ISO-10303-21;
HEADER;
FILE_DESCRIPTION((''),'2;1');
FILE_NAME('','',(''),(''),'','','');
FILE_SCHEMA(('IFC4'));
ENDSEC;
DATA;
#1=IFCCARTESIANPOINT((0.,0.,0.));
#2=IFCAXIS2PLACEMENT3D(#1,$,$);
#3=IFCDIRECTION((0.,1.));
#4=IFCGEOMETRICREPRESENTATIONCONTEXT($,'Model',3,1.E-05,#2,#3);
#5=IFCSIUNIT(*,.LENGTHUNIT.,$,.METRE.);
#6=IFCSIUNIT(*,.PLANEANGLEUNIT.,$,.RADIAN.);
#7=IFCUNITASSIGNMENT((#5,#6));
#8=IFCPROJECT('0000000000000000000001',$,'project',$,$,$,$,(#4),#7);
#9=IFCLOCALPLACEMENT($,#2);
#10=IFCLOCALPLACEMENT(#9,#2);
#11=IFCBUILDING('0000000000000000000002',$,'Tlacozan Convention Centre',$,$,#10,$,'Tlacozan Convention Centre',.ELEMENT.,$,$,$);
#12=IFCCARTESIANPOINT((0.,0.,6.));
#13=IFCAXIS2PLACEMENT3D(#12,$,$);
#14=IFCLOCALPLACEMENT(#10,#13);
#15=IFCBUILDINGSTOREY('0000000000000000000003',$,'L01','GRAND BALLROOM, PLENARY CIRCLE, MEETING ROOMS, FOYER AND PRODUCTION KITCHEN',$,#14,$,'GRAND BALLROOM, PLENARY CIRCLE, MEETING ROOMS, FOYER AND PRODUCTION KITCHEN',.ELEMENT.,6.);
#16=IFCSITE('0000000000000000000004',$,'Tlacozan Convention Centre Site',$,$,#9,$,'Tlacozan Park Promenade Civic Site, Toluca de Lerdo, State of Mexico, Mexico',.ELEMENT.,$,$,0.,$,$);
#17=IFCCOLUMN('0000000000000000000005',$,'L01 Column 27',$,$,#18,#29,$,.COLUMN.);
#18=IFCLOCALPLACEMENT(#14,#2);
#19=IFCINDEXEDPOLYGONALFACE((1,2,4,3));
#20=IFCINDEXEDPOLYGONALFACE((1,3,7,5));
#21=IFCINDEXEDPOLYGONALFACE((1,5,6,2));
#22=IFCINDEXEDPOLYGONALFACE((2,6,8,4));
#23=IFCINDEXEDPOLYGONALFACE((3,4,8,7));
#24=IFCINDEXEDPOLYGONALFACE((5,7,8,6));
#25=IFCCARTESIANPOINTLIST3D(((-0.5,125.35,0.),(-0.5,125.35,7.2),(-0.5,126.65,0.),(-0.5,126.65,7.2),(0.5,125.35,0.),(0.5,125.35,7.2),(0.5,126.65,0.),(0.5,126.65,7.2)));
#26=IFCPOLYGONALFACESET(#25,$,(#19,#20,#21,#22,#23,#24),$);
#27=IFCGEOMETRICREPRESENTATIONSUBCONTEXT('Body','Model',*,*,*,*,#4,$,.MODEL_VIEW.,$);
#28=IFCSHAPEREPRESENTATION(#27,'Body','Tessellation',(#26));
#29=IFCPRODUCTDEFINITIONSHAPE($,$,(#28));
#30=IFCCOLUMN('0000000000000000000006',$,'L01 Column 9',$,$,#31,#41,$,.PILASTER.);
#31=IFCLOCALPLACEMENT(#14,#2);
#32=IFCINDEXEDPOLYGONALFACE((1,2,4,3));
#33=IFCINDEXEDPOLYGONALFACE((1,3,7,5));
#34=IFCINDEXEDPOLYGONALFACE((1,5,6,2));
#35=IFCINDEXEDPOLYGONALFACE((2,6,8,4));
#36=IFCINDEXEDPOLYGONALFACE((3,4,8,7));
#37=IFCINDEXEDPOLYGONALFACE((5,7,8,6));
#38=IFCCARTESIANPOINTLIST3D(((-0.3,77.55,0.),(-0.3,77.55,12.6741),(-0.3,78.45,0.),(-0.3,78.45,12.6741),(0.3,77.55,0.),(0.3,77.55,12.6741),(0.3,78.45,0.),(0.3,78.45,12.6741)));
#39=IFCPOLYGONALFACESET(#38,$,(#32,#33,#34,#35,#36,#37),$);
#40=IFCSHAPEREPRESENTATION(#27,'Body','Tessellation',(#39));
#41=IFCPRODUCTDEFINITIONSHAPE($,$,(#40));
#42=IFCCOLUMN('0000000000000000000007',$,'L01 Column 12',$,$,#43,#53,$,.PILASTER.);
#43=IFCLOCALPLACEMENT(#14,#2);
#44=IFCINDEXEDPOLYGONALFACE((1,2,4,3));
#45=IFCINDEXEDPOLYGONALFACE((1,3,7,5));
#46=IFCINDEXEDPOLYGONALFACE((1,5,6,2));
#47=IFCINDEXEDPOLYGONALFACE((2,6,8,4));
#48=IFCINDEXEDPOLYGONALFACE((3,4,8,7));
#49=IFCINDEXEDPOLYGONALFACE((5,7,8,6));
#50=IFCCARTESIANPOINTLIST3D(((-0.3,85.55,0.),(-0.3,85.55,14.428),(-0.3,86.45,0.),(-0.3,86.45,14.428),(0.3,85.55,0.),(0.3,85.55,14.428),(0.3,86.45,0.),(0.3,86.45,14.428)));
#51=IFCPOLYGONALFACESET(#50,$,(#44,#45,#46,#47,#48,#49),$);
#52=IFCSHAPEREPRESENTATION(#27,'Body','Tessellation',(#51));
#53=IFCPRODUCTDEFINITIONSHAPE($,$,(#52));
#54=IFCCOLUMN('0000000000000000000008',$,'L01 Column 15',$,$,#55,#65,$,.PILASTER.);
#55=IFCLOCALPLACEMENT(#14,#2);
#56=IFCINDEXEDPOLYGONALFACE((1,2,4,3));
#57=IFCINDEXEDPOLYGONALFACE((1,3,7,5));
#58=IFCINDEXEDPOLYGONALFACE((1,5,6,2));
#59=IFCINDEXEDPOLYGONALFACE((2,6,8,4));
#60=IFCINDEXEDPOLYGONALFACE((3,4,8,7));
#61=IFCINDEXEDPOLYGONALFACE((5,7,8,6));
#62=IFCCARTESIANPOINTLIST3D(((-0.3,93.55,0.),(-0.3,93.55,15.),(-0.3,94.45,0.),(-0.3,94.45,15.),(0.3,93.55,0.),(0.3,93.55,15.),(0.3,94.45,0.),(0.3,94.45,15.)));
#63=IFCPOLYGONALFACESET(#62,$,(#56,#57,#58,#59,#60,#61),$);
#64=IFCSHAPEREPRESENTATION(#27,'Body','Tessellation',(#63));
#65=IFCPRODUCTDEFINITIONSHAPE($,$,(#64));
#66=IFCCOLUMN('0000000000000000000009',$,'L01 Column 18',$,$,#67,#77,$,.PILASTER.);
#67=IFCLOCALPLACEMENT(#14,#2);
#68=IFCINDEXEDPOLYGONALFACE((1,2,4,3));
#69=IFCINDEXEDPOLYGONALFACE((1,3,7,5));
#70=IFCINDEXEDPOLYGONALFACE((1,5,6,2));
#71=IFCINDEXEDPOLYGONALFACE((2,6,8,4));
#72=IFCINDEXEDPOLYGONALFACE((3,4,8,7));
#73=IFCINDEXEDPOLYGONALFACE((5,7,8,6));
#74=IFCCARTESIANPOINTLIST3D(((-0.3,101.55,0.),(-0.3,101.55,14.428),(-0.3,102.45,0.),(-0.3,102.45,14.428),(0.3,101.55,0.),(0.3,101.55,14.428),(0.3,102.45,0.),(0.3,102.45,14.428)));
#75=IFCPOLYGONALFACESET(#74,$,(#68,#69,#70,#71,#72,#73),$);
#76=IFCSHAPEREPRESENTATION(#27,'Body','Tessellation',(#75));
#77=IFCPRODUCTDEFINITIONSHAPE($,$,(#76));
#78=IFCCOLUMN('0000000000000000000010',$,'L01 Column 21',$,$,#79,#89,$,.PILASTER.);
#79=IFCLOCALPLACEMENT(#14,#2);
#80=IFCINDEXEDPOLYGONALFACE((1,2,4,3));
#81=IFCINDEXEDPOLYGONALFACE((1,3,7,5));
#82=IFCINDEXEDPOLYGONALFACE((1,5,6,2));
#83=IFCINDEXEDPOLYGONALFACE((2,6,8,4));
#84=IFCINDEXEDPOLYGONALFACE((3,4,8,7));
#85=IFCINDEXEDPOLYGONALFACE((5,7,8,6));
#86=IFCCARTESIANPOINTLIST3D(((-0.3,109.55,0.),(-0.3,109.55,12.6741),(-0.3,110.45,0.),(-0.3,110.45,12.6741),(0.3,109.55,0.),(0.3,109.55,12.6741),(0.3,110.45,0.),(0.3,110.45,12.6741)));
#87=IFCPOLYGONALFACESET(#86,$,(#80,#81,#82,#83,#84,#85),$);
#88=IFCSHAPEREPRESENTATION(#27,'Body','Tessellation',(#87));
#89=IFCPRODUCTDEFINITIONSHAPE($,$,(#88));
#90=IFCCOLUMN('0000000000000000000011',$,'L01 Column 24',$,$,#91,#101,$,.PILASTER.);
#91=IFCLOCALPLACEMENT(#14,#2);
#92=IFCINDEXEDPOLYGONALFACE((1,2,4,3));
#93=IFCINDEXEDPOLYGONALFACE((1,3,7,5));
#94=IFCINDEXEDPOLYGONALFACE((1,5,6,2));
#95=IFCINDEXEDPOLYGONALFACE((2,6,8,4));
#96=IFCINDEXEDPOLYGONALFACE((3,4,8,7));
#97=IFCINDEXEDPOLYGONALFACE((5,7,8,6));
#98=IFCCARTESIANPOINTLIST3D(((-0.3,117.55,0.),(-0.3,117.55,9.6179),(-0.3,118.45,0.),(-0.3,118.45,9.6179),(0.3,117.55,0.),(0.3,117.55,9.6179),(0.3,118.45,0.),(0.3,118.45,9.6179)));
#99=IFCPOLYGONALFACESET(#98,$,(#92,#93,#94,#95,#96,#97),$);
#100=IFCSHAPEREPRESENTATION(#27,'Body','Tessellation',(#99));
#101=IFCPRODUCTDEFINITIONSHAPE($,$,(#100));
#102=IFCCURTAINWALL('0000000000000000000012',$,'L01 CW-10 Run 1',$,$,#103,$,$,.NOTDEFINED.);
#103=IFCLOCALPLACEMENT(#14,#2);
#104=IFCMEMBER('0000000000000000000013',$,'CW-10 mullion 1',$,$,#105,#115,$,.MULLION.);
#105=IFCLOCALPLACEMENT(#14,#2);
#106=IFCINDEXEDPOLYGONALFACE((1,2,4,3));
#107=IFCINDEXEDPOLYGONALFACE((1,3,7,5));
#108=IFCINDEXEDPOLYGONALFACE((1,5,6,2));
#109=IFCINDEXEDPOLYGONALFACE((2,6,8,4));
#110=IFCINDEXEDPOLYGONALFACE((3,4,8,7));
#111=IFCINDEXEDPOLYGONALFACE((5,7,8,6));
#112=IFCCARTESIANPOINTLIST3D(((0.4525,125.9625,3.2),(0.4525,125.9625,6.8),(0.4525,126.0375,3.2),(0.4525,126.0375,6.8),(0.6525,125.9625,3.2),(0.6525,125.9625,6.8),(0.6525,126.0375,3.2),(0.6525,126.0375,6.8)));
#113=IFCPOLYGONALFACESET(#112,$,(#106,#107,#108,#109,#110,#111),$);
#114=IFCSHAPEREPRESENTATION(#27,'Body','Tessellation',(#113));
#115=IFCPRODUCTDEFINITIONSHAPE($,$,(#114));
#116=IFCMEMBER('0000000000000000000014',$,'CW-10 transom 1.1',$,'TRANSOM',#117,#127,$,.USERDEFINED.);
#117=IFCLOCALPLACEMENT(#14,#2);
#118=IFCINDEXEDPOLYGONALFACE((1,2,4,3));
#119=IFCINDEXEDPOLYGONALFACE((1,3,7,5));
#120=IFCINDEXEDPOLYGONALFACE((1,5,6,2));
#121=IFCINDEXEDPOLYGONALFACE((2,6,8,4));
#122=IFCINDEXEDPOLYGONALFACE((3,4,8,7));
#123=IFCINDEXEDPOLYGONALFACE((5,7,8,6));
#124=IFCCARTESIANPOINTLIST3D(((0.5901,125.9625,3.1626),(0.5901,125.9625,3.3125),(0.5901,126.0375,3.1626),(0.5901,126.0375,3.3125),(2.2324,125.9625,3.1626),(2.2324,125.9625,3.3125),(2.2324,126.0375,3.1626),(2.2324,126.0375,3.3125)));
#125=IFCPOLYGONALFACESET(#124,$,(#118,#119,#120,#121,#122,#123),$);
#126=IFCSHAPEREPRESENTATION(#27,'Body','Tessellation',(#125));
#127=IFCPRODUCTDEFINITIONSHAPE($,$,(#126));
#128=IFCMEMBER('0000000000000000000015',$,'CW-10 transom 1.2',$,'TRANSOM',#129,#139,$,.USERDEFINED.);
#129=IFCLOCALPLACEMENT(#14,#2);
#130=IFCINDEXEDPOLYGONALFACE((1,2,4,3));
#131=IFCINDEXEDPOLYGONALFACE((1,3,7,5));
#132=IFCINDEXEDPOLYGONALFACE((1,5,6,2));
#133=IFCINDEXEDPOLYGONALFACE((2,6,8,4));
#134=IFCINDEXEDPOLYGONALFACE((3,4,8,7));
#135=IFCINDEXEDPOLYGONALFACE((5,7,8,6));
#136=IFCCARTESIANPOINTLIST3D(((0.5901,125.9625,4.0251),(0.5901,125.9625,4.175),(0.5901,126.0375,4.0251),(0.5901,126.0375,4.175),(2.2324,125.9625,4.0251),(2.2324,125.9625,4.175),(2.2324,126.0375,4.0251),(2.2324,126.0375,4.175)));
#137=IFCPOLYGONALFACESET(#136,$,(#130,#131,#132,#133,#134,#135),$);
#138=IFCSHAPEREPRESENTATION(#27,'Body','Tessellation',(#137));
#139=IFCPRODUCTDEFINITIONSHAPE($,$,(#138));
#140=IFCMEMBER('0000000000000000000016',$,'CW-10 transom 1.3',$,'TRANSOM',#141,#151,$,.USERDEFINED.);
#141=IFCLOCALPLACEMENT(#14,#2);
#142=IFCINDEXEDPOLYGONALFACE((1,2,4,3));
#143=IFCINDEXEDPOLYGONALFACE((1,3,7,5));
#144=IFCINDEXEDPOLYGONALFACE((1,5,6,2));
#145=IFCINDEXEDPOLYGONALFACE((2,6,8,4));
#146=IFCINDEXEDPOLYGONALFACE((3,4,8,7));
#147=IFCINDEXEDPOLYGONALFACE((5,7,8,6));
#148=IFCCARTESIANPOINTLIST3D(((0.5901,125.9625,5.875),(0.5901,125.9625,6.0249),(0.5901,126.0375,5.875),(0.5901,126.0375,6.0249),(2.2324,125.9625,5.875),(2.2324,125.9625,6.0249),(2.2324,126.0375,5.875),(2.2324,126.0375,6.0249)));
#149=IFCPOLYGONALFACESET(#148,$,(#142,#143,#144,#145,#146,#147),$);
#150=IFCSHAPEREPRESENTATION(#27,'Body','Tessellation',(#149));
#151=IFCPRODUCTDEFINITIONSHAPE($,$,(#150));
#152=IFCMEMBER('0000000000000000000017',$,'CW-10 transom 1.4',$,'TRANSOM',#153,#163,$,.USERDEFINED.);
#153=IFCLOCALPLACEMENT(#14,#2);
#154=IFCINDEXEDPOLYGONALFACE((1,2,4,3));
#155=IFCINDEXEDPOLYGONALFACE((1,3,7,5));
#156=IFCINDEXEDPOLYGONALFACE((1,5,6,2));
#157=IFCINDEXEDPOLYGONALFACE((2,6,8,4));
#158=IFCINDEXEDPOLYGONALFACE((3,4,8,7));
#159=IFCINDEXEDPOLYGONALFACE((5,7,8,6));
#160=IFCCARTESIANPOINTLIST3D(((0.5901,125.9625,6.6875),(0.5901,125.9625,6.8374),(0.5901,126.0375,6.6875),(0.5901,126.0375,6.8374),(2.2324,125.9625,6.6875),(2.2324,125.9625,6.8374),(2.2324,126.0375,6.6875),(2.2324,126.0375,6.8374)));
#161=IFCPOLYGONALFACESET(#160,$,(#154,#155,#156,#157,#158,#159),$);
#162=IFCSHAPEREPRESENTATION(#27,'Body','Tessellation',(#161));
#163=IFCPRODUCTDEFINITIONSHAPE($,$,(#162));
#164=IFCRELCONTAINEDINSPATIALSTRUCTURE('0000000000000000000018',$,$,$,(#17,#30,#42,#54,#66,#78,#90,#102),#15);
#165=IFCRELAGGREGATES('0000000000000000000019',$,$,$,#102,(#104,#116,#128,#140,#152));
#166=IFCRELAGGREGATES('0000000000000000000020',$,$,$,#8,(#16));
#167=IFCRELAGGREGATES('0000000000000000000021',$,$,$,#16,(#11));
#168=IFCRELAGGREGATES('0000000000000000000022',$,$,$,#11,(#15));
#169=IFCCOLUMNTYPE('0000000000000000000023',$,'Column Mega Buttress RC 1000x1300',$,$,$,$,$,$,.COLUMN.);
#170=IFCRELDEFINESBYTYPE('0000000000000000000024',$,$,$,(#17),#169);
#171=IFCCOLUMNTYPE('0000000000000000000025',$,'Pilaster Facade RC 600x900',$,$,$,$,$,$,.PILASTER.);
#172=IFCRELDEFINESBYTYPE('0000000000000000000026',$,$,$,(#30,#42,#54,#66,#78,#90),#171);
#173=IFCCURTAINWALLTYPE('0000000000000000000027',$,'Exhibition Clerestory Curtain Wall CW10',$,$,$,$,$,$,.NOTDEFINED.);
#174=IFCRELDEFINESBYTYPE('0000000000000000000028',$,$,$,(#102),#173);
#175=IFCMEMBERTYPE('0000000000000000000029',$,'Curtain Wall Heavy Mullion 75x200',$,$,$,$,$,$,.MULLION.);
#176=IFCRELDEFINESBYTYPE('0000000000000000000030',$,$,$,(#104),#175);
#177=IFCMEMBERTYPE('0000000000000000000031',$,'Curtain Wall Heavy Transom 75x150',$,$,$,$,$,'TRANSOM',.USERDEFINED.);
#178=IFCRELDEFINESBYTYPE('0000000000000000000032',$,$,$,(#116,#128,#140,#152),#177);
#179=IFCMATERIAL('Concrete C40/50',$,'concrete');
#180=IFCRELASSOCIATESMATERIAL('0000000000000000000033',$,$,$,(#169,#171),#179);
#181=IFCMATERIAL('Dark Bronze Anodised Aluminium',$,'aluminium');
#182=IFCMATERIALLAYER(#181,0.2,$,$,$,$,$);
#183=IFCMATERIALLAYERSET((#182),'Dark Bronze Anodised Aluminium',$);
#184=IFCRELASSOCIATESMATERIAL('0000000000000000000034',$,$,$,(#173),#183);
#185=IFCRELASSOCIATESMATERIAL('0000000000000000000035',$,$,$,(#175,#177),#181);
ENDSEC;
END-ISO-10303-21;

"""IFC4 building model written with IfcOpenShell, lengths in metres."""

from ifc_helpers import new_model, si_unit, direction, frame, origin, origin_2d, place, context, subcontext, project, spatial, rectangle, extrude, material, layer, layer_set, material_profile, profile_set, type_object, element, aggregate, save


model = new_model("IFC4")

# Units and contexts
model_context = context("Model", 3, precision=1e-05, world=origin(), true_north=direction((0.0, 1.0)))
body_context = subcontext(model_context, "Body", "Model", "MODEL_VIEW")
ifc_project = project(units=[si_unit("LENGTHUNIT", "METRE"), si_unit("PLANEANGLEUNIT", "RADIAN")], contexts=[model_context])

# Site, building, storey
site_placement = place(None, origin())
site = spatial("IfcSite", under=ifc_project, at=site_placement, Name="Tlacozan Convention Centre Site", LongName="Tlacozan Park Promenade Civic Site, Toluca de Lerdo, State of Mexico, Mexico", CompositionType="ELEMENT", RefElevation=0.0)
building_placement = place(site_placement, origin())
building = spatial("IfcBuilding", under=site, at=building_placement, Name="Tlacozan Convention Centre", LongName="Tlacozan Convention Centre", CompositionType="ELEMENT")
storey_placement = place(building_placement, frame((0.0, 0.0, 6.0)))
storey = spatial("IfcBuildingStorey", under=building, at=storey_placement, Name="L01", Description="GRAND BALLROOM, PLENARY CIRCLE, MEETING ROOMS, FOYER AND PRODUCTION KITCHEN", LongName="GRAND BALLROOM, PLENARY CIRCLE, MEETING ROOMS, FOYER AND PRODUCTION KITCHEN", CompositionType="ELEMENT", Elevation=6.0)

# Columns
ifc_material_1 = material(Name="Concrete C40/50", Category="concrete")
ifc_material_profile_1 = material_profile(ifc_material_1, rectangle(XDim=1.0, YDim=1.3, at=origin_2d()), Name="RC 1000x1300")
ifc_profile_set_1 = profile_set([ifc_material_profile_1], Name="Concrete C40/50")
column_type_1 = type_object("IfcColumnType", Name="Column Mega Buttress RC 1000x1300", PredefinedType="COLUMN", material=ifc_profile_set_1)
column_1_placement = place(storey_placement, frame((0.0, 126.0, 0.0), z_axis=(0.0, 0.0, 1.0), x_axis=(1.0, 0.0, 0.0)))
element("IfcColumn", 1, at=column_1_placement, inside=storey, type_object=column_type_1, Name="L01 Column 27", PredefinedType="COLUMN", context=body_context, shape_type="SweptSolid", body=[
    extrude(rectangle(XDim=1.0, YDim=1.3, at=origin_2d()), origin(), (0.0, 0.0, 1.0), 7.2),
])
ifc_material_profile_2 = material_profile(ifc_material_1, rectangle(XDim=0.6001, YDim=0.8999, at=origin_2d()), Name="RC 600x900")
ifc_profile_set_2 = profile_set([ifc_material_profile_2], Name="Concrete C40/50")
column_type_2 = type_object("IfcColumnType", Name="Pilaster Facade RC 600x900", PredefinedType="PILASTER", material=ifc_profile_set_2)
column_2_placement = place(storey_placement, frame((0.0, 78.0, 0.0), z_axis=(0.0, 0.0, 1.0), x_axis=(1.0, 0.0, 0.0)))
element("IfcColumn", 2, at=column_2_placement, inside=storey, type_object=column_type_2, Name="L01 Column 9", PredefinedType="PILASTER", context=body_context, shape_type="SweptSolid", body=[
    extrude(rectangle(XDim=0.6001, YDim=0.8999, at=origin_2d()), origin(), (0.0, 0.0, 1.0), 12.6741),
])
column_3_placement = place(storey_placement, frame((0.0, 86.0, 0.0), z_axis=(0.0, 0.0, 1.0), x_axis=(1.0, 0.0, 0.0)))
element("IfcColumn", 3, at=column_3_placement, inside=storey, type_object=column_type_2, Name="L01 Column 12", PredefinedType="PILASTER", context=body_context, shape_type="SweptSolid", body=[
    extrude(rectangle(XDim=0.6001, YDim=0.8999, at=origin_2d()), origin(), (0.0, 0.0, 1.0), 14.428),
])
column_4_placement = place(storey_placement, frame((0.0, 94.0, 0.0), z_axis=(0.0, 0.0, 1.0), x_axis=(1.0, 0.0, 0.0)))
element("IfcColumn", 4, at=column_4_placement, inside=storey, type_object=column_type_2, Name="L01 Column 15", PredefinedType="PILASTER", context=body_context, shape_type="SweptSolid", body=[
    extrude(rectangle(XDim=0.6001, YDim=0.8999, at=origin_2d()), origin(), (0.0, 0.0, 1.0), 15.0),
])
column_5_placement = place(storey_placement, frame((0.0, 102.0, 0.0), z_axis=(0.0, 0.0, 1.0), x_axis=(1.0, 0.0, 0.0)))
element("IfcColumn", 5, at=column_5_placement, inside=storey, type_object=column_type_2, Name="L01 Column 18", PredefinedType="PILASTER", context=body_context, shape_type="SweptSolid", body=[
    extrude(rectangle(XDim=0.6001, YDim=0.8999, at=origin_2d()), origin(), (0.0, 0.0, 1.0), 14.428),
])
column_6_placement = place(storey_placement, frame((0.0, 110.0, 0.0), z_axis=(0.0, 0.0, 1.0), x_axis=(1.0, 0.0, 0.0)))
element("IfcColumn", 6, at=column_6_placement, inside=storey, type_object=column_type_2, Name="L01 Column 21", PredefinedType="PILASTER", context=body_context, shape_type="SweptSolid", body=[
    extrude(rectangle(XDim=0.6001, YDim=0.8999, at=origin_2d()), origin(), (0.0, 0.0, 1.0), 12.6741),
])
column_7_placement = place(storey_placement, frame((0.0, 118.0, 0.0), z_axis=(0.0, 0.0, 1.0), x_axis=(1.0, 0.0, 0.0)))
element("IfcColumn", 7, at=column_7_placement, inside=storey, type_object=column_type_2, Name="L01 Column 24", PredefinedType="PILASTER", context=body_context, shape_type="SweptSolid", body=[
    extrude(rectangle(XDim=0.6001, YDim=0.8999, at=origin_2d()), origin(), (0.0, 0.0, 1.0), 9.6179),
])

# Curtain wall, members
ifc_material_2 = material(Name="Dark Bronze Anodised Aluminium", Category="aluminium")
ifc_layer_1 = layer(ifc_material_2, 0.2)
ifc_layer_set_1 = layer_set([ifc_layer_1], Name="Dark Bronze Anodised Aluminium")
curtain_wall_type = type_object("IfcCurtainWallType", Name="Exhibition Clerestory Curtain Wall CW10", PredefinedType="NOTDEFINED", material=ifc_layer_set_1)
curtain_wall_placement = place(storey_placement, origin())
curtain_wall = element("IfcCurtainWall", 8, at=curtain_wall_placement, inside=storey, type_object=curtain_wall_type, Name="L01 CW-10 Run 1", PredefinedType="NOTDEFINED")
ifc_material_profile_3 = material_profile(ifc_material_2, rectangle(XDim=0.075, YDim=0.2, at=origin_2d()), Name="ALU 75x200")
ifc_profile_set_3 = profile_set([ifc_material_profile_3], Name="Dark Bronze Anodised Aluminium")
member_type_1 = type_object("IfcMemberType", Name="Curtain Wall Heavy Mullion 75x200", PredefinedType="MULLION", material=ifc_profile_set_3)
member_1_placement = place(storey_placement, frame((0.5525, 126.0, 3.2), z_axis=(0.0, 0.0, 1.0), x_axis=(0.0, 1.0, 0.0)))
member_1 = element("IfcMember", 9, at=member_1_placement, type_object=member_type_1, Name="CW-10 mullion 1", PredefinedType="MULLION", context=body_context, shape_type="SweptSolid", body=[
    extrude(rectangle(XDim=0.075, YDim=0.2, at=origin_2d()), origin(), (0.0, 0.0, 1.0), 3.6001),
])
ifc_material_profile_4 = material_profile(ifc_material_2, rectangle(XDim=0.075, YDim=0.1499, at=origin_2d()), Name="ALU 75x150")
ifc_profile_set_4 = profile_set([ifc_material_profile_4], Name="Dark Bronze Anodised Aluminium")
member_type_2 = type_object("IfcMemberType", Name="Curtain Wall Heavy Transom 75x150", ElementType="TRANSOM", PredefinedType="USERDEFINED", material=ifc_profile_set_4)
member_2_placement = place(storey_placement, frame((0.5901, 126.0, 3.2375), z_axis=(1.0, 0.0, 0.0), x_axis=(0.0, 1.0, 0.0)))
member_2 = element("IfcMember", 10, at=member_2_placement, type_object=member_type_2, Name="CW-10 transom 1.1", ObjectType="TRANSOM", PredefinedType="USERDEFINED", context=body_context, shape_type="SweptSolid", body=[
    extrude(rectangle(XDim=0.075, YDim=0.1499, at=origin_2d()), origin(), (0.0, 0.0, 1.0), 1.6423),
])
member_3_placement = place(storey_placement, frame((0.5901, 126.0, 4.1001), z_axis=(1.0, 0.0, 0.0), x_axis=(0.0, 1.0, 0.0)))
member_3 = element("IfcMember", 11, at=member_3_placement, type_object=member_type_2, Name="CW-10 transom 1.2", ObjectType="TRANSOM", PredefinedType="USERDEFINED", context=body_context, shape_type="SweptSolid", body=[
    extrude(rectangle(XDim=0.075, YDim=0.1499, at=origin_2d()), origin(), (0.0, 0.0, 1.0), 1.6423),
])
member_4_placement = place(storey_placement, frame((0.5901, 126.0, 5.95), z_axis=(1.0, 0.0, 0.0), x_axis=(0.0, 1.0, 0.0)))
member_4 = element("IfcMember", 12, at=member_4_placement, type_object=member_type_2, Name="CW-10 transom 1.3", ObjectType="TRANSOM", PredefinedType="USERDEFINED", context=body_context, shape_type="SweptSolid", body=[
    extrude(rectangle(XDim=0.075, YDim=0.1499, at=origin_2d()), origin(), (0.0, 0.0, 1.0), 1.6423),
])
member_5_placement = place(storey_placement, frame((0.5901, 126.0, 6.7625), z_axis=(1.0, 0.0, 0.0), x_axis=(0.0, 1.0, 0.0)))
member_5 = element("IfcMember", 13, at=member_5_placement, type_object=member_type_2, Name="CW-10 transom 1.4", ObjectType="TRANSOM", PredefinedType="USERDEFINED", context=body_context, shape_type="SweptSolid", body=[
    extrude(rectangle(XDim=0.075, YDim=0.1499, at=origin_2d()), origin(), (0.0, 0.0, 1.0), 1.6423),
])

aggregate(curtain_wall, [member_1, member_2, member_3, member_4, member_5])

save(model, "model.ifc")
